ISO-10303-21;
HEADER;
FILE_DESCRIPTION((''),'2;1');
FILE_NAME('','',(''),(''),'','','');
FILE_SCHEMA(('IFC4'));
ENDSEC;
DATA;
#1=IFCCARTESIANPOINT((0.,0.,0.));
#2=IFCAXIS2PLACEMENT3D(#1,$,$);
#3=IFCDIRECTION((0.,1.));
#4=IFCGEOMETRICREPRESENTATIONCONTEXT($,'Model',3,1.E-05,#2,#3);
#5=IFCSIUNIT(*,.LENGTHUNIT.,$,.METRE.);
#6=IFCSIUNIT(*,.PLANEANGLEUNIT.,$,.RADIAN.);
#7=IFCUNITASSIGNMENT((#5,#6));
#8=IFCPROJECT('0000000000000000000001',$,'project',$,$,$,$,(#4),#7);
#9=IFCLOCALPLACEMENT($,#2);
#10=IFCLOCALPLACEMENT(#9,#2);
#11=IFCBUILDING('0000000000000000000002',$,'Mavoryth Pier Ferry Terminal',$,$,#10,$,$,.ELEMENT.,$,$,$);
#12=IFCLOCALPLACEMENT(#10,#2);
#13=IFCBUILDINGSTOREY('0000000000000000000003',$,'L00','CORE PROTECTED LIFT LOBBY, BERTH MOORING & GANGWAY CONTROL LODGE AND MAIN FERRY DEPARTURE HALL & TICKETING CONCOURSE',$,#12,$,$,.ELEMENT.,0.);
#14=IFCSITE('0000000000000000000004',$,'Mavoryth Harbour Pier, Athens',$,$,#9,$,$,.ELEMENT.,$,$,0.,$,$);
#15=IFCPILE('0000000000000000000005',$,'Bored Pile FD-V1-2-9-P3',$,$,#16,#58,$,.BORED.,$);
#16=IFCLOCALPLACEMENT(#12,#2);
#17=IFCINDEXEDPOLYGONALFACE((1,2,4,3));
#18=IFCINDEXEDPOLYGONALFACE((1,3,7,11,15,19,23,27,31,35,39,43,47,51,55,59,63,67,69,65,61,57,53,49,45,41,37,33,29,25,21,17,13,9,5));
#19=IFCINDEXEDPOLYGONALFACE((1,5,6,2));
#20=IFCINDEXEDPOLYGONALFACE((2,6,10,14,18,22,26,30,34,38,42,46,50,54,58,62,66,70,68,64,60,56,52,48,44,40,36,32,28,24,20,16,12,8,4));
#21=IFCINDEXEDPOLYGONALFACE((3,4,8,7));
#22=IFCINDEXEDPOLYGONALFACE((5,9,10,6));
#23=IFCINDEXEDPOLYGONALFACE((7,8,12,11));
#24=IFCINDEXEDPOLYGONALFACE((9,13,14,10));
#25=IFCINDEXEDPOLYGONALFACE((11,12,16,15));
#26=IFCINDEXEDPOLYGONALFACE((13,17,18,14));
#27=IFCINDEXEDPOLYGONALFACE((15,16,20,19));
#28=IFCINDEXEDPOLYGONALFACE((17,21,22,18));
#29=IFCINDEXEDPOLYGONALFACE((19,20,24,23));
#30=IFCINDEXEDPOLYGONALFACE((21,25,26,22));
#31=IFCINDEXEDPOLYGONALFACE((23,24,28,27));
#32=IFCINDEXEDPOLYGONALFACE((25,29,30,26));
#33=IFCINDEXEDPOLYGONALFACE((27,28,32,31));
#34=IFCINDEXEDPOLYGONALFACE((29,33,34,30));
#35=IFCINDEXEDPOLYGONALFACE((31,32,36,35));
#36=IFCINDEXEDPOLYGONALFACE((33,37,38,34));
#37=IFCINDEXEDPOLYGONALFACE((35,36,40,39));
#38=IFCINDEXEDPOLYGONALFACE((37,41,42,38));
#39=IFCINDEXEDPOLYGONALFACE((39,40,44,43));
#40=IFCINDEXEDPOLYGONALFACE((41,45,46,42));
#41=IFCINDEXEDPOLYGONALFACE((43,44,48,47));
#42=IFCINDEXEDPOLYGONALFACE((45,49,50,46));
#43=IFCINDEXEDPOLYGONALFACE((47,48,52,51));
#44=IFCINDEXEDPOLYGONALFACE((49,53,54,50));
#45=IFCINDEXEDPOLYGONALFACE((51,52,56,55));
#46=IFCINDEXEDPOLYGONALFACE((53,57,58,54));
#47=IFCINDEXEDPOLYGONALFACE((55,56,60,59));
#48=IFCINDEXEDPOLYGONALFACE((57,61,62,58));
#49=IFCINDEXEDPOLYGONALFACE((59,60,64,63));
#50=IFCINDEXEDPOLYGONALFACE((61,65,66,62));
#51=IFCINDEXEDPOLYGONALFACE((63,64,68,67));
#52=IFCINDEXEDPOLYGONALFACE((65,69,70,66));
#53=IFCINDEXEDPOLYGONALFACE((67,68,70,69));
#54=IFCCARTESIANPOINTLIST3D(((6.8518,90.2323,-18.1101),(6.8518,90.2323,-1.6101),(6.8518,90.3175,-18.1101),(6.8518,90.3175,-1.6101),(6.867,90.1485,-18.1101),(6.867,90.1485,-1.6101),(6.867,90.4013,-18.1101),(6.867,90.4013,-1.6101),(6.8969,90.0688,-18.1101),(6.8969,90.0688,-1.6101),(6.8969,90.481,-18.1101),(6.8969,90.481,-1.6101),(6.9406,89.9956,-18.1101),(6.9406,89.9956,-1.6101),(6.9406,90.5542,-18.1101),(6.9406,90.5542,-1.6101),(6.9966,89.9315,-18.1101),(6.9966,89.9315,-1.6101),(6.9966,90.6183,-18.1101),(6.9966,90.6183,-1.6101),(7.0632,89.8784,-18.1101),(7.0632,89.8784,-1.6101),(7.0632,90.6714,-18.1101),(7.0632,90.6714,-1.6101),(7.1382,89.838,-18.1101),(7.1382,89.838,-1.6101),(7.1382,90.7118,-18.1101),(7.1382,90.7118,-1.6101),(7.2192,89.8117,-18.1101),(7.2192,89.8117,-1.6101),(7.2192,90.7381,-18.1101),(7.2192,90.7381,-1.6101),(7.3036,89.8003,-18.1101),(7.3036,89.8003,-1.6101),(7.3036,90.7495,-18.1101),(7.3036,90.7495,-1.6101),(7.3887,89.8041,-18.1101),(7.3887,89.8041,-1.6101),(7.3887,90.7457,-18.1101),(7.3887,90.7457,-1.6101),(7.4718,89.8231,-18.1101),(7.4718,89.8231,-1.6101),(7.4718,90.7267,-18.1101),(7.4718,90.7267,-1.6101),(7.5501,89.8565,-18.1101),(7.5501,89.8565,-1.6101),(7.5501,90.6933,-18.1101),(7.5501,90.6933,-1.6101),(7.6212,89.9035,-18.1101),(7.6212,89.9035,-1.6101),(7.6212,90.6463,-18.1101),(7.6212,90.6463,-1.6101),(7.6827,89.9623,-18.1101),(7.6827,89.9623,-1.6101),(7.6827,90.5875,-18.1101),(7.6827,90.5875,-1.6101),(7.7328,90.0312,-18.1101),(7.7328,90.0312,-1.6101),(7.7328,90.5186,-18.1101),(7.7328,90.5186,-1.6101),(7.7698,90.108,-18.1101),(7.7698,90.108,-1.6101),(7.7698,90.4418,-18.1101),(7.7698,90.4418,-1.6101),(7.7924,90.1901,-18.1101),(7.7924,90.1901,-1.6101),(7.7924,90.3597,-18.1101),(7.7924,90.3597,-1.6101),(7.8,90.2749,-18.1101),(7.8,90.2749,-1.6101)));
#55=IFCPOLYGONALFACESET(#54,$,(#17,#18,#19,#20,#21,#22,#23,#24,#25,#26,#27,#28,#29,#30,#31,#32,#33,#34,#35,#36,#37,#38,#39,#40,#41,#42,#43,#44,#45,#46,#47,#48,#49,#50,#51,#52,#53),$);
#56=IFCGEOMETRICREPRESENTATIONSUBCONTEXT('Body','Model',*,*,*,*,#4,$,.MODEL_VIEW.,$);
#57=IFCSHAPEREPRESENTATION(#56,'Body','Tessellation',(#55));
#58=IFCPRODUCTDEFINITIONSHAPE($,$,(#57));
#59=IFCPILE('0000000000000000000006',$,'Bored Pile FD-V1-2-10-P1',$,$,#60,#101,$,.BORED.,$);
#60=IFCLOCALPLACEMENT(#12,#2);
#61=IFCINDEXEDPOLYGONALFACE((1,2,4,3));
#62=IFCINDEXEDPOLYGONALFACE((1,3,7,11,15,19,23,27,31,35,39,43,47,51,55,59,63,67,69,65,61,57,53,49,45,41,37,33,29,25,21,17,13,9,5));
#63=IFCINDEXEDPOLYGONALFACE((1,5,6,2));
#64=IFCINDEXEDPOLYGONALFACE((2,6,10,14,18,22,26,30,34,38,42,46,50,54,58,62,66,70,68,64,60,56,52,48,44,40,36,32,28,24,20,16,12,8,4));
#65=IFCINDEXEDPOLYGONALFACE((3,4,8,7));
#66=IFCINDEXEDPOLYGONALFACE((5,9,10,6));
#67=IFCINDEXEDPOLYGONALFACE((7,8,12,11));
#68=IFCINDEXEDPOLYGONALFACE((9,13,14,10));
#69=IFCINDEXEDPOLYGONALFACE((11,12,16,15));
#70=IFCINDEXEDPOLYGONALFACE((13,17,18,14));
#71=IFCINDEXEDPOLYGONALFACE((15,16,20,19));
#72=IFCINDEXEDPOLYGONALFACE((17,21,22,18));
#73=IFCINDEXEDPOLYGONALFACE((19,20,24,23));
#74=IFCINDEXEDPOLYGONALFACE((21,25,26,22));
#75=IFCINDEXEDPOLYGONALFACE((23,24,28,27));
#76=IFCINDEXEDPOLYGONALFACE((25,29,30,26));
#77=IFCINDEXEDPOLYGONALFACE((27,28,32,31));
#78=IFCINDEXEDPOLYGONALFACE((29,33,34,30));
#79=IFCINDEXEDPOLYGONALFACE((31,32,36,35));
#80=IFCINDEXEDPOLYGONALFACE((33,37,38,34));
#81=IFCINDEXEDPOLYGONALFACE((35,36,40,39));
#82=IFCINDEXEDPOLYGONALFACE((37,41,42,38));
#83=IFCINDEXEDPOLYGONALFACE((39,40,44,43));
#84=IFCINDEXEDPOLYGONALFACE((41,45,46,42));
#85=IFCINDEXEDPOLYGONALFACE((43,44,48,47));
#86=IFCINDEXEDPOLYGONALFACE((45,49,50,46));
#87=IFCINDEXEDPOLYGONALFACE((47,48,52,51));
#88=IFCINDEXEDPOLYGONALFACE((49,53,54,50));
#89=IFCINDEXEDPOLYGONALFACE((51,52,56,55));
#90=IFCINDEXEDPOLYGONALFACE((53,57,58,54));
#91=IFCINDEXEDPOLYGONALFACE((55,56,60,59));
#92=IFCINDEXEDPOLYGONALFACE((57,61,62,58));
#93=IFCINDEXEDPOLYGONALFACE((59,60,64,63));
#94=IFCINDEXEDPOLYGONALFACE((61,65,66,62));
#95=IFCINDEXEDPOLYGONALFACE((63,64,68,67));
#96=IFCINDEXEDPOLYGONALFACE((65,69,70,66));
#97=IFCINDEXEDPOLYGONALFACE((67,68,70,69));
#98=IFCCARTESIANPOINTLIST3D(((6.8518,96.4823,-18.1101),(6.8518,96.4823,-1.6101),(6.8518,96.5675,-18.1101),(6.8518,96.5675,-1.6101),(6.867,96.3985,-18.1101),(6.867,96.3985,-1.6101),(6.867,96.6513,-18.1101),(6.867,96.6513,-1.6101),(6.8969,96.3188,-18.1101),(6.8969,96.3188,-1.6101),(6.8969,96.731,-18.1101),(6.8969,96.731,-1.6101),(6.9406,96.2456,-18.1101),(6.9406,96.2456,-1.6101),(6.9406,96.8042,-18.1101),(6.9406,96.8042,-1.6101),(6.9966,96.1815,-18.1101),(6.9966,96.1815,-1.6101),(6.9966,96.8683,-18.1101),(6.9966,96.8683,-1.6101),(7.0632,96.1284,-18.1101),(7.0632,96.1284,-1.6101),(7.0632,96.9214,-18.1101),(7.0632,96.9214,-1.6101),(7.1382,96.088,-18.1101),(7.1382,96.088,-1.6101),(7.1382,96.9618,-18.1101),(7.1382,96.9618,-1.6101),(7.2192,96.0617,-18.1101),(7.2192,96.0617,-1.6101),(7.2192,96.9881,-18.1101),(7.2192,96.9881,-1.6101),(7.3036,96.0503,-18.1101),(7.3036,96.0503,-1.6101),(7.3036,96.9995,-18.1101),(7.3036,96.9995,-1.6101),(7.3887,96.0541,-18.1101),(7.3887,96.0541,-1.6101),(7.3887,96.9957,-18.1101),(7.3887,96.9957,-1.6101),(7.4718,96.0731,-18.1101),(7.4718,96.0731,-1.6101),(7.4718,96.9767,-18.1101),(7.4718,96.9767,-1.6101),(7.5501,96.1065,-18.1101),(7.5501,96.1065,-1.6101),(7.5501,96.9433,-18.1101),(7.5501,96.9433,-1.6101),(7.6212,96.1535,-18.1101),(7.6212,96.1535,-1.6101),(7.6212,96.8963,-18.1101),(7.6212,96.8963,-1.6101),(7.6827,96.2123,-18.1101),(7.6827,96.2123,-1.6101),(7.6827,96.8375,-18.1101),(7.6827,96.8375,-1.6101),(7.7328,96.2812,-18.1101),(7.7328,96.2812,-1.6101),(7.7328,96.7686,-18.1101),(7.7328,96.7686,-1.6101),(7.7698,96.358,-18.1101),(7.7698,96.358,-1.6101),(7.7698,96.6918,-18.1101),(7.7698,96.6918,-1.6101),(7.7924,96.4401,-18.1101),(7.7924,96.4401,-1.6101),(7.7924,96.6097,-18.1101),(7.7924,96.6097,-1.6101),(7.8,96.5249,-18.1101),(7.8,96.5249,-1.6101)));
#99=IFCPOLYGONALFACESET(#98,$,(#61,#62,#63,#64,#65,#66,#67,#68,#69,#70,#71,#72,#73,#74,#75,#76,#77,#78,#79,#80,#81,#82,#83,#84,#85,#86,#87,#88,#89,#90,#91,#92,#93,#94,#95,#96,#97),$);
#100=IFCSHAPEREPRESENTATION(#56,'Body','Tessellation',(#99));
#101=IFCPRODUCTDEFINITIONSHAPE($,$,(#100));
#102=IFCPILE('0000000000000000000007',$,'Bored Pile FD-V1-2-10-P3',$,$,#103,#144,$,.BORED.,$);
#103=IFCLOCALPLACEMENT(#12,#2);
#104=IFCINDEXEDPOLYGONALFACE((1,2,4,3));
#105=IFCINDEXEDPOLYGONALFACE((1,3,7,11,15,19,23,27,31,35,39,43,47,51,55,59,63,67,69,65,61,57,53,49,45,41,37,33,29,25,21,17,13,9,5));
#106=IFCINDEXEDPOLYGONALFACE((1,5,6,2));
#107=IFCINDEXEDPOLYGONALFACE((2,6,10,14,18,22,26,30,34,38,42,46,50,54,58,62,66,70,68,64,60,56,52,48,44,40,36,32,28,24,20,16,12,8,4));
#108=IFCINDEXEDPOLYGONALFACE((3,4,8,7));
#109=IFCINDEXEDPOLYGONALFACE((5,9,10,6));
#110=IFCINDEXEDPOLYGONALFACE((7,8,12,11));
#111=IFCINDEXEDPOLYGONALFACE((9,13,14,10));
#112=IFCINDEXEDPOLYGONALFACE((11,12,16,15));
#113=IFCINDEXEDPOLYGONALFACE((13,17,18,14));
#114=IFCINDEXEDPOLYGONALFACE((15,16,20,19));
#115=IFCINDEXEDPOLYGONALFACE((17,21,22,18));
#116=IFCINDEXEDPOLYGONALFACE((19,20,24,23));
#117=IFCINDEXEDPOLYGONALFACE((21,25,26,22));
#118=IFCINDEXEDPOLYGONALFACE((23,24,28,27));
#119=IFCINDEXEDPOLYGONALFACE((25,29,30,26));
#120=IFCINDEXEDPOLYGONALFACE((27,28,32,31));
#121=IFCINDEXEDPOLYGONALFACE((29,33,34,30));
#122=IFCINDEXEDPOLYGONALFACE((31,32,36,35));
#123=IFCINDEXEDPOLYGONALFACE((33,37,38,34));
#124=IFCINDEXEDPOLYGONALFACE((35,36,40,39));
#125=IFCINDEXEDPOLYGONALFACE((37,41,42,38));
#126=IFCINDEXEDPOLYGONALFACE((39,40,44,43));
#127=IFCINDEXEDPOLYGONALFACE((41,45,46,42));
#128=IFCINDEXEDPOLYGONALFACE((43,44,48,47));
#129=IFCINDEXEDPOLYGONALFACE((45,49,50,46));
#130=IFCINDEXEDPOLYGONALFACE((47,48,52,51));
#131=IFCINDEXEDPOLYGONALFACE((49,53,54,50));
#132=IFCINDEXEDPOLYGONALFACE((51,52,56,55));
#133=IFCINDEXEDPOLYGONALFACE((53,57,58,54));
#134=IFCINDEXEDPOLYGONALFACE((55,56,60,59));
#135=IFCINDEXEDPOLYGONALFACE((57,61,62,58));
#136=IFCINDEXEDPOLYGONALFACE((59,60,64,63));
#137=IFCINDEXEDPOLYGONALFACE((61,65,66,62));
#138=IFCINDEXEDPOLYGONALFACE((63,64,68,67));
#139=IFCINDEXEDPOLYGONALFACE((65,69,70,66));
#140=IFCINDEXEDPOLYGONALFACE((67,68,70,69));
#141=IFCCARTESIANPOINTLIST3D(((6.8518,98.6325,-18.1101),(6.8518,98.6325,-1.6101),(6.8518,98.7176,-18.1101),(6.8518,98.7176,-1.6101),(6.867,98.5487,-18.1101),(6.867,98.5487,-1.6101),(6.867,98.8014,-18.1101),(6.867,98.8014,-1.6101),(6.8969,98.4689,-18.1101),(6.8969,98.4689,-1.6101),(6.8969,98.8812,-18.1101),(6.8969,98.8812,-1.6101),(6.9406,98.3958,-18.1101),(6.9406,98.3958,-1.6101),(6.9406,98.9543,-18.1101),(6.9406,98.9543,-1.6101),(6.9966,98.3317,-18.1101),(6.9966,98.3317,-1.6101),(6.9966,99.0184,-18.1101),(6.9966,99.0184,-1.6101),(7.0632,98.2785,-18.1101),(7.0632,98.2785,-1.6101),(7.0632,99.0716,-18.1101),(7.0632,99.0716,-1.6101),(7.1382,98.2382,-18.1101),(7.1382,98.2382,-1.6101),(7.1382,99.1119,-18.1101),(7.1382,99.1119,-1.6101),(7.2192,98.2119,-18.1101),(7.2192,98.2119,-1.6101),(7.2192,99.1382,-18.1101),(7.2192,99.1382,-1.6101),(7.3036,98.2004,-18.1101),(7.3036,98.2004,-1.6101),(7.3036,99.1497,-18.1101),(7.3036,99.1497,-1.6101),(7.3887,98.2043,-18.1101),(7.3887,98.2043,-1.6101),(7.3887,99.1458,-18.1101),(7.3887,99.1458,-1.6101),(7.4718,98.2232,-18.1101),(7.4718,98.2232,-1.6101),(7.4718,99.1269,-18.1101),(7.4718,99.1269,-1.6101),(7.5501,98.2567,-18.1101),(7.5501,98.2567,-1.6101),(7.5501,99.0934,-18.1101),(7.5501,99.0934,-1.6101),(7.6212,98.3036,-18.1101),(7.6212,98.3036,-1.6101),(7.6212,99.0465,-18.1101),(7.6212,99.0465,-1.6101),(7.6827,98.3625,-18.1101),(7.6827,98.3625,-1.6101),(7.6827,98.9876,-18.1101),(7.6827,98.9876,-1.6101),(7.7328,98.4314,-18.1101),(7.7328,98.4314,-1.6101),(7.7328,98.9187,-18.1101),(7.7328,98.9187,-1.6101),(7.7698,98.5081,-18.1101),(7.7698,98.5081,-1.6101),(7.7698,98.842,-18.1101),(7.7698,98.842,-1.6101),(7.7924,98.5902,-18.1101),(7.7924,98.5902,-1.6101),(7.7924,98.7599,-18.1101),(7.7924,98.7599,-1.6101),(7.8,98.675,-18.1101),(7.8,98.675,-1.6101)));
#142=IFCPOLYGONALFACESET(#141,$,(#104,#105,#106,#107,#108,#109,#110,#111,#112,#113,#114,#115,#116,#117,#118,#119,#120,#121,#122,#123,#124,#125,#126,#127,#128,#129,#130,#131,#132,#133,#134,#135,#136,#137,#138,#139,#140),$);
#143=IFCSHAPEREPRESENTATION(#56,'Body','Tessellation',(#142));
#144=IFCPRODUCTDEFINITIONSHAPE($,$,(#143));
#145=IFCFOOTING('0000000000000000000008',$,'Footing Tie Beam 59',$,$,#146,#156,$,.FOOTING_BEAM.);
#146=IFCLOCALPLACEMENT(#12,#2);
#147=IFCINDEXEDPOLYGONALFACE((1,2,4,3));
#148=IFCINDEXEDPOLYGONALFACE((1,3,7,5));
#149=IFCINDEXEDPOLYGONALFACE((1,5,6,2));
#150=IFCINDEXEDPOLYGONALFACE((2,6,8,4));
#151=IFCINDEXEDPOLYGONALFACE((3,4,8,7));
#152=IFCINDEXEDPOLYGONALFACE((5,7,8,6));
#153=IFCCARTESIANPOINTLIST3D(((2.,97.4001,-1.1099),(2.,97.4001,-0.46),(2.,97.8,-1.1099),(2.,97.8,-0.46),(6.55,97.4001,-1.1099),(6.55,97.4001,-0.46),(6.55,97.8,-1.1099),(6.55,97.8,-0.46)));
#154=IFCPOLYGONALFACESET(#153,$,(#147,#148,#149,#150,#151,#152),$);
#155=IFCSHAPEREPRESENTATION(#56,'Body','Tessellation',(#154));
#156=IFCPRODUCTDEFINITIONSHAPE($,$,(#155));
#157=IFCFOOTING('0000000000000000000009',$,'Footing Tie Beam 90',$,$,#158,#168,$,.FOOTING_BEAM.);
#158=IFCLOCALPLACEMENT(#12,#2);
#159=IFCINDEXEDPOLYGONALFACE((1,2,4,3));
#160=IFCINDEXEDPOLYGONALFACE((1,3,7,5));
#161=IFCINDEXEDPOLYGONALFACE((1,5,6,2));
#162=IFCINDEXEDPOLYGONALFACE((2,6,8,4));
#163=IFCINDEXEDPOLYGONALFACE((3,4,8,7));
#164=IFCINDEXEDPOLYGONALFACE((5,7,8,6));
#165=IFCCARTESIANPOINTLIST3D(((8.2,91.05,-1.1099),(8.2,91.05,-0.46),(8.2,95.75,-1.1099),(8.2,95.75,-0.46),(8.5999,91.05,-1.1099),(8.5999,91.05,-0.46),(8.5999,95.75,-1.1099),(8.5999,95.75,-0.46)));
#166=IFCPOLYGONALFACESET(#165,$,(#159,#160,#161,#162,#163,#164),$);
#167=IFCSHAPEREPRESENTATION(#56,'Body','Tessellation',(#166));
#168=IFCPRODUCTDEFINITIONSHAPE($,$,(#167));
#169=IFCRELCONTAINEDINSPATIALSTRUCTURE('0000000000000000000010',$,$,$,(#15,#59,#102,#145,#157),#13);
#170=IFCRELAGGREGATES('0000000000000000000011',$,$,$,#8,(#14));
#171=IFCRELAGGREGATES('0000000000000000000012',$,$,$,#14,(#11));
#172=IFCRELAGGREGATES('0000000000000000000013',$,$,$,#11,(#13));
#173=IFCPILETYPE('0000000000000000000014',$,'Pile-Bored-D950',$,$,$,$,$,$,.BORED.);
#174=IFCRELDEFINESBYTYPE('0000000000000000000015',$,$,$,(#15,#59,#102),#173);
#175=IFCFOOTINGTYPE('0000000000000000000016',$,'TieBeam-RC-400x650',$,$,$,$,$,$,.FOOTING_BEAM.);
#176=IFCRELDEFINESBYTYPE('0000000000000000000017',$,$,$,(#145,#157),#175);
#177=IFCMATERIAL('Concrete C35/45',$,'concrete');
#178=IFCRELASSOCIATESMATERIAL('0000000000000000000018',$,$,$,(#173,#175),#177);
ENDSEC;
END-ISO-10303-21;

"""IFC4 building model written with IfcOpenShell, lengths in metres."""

from ifc_helpers import new_model, si_unit, direction, frame, origin, origin_2d, place, context, subcontext, project, spatial, rectangle, circle, extrude, material, material_profile, profile_set, type_object, element, save


model = new_model("IFC4")

# Units and contexts
model_context = context("Model", 3, precision=1e-05, world=origin(), true_north=direction((0.0, 1.0)))
body_context = subcontext(model_context, "Body", "Model", "MODEL_VIEW")
ifc_project = project(units=[si_unit("LENGTHUNIT", "METRE"), si_unit("PLANEANGLEUNIT", "RADIAN")], contexts=[model_context])

# Site, building, storey
site_placement = place(None, origin())
site = spatial("IfcSite", under=ifc_project, at=site_placement, Name="Mavoryth Harbour Pier, Athens", CompositionType="ELEMENT", RefElevation=0.0)
building_placement = place(site_placement, origin())
building = spatial("IfcBuilding", under=site, at=building_placement, Name="Mavoryth Pier Ferry Terminal", CompositionType="ELEMENT")
storey_placement = place(building_placement, origin())
storey = spatial("IfcBuildingStorey", under=building, at=storey_placement, Name="L00", Description="CORE PROTECTED LIFT LOBBY, BERTH MOORING & GANGWAY CONTROL LODGE AND MAIN FERRY DEPARTURE HALL & TICKETING CONCOURSE", CompositionType="ELEMENT", Elevation=0.0)

# Shared definitions
ifc_material_1 = material(Name="Concrete C35/45", Category="concrete")

# Piles
ifc_material_profile_1 = material_profile(ifc_material_1, circle(Radius=0.4751, at=origin_2d()), Name="PILE D950", Category="concrete")
ifc_profile_set_1 = profile_set([ifc_material_profile_1], Name="Concrete C35/45 - PILE D950")
pile_type_1 = type_object("IfcPileType", Name="Pile-Bored-D950", PredefinedType="BORED", material=ifc_profile_set_1)
for number, where, z_axis, x_axis, name in (
    (1, (7.325, 90.2749, -1.6101), (0.0, 0.0, -1.0), (1.0, 0.0, 0.0), "Bored Pile FD-V1-2-9-P3"),
    (2, (7.325, 96.5249, -1.6101), (0.0, 0.0, -1.0), (1.0, 0.0, 0.0), "Bored Pile FD-V1-2-10-P1"),
    (3, (7.325, 98.675, -1.6101), (0.0, 0.0, -1.0), (1.0, 0.0, 0.0), "Bored Pile FD-V1-2-10-P3"),
):
    element("IfcPile", number, at=place(storey_placement, frame(where, z_axis=z_axis, x_axis=x_axis)), inside=storey, type_object=pile_type_1, Name=name, PredefinedType="BORED", context=body_context, shape_type="SweptSolid", body=[
        extrude(circle(Radius=0.4751, at=origin_2d()), origin(), (0.0, 0.0, 1.0), 16.5),
    ])

# Footings
ifc_material_profile_2 = material_profile(ifc_material_1, rectangle(XDim=0.3999, YDim=0.6499, at=origin_2d()), Name="RC 400x650", Category="concrete")
ifc_profile_set_2 = profile_set([ifc_material_profile_2], Name="Concrete C35/45 - RC 400x650")
footing_type_1 = type_object("IfcFootingType", Name="TieBeam-RC-400x650", PredefinedType="FOOTING_BEAM", material=ifc_profile_set_2)
footing_1_placement = place(storey_placement, frame((2.0, 97.6001, -0.7849), z_axis=(1.0, 0.0, 0.0), x_axis=(0.0, 1.0, 0.0)))
element("IfcFooting", 4, at=footing_1_placement, inside=storey, type_object=footing_type_1, Name="Footing Tie Beam 59", PredefinedType="FOOTING_BEAM", context=body_context, shape_type="SweptSolid", body=[
    extrude(rectangle(XDim=0.3999, YDim=0.6499, at=origin_2d()), origin(), (0.0, 0.0, 1.0), 4.55),
])
footing_2_placement = place(storey_placement, frame((8.3999, 91.05, -0.7849), z_axis=(0.0, 1.0, 0.0), x_axis=(-1.0, 0.0, 0.0)))
element("IfcFooting", 5, at=footing_2_placement, inside=storey, type_object=footing_type_1, Name="Footing Tie Beam 90", PredefinedType="FOOTING_BEAM", context=body_context, shape_type="SweptSolid", body=[
    extrude(rectangle(XDim=0.3999, YDim=0.6499, at=origin_2d()), origin(), (0.0, 0.0, 1.0), 4.7),
])

save(model, "model.ifc")
